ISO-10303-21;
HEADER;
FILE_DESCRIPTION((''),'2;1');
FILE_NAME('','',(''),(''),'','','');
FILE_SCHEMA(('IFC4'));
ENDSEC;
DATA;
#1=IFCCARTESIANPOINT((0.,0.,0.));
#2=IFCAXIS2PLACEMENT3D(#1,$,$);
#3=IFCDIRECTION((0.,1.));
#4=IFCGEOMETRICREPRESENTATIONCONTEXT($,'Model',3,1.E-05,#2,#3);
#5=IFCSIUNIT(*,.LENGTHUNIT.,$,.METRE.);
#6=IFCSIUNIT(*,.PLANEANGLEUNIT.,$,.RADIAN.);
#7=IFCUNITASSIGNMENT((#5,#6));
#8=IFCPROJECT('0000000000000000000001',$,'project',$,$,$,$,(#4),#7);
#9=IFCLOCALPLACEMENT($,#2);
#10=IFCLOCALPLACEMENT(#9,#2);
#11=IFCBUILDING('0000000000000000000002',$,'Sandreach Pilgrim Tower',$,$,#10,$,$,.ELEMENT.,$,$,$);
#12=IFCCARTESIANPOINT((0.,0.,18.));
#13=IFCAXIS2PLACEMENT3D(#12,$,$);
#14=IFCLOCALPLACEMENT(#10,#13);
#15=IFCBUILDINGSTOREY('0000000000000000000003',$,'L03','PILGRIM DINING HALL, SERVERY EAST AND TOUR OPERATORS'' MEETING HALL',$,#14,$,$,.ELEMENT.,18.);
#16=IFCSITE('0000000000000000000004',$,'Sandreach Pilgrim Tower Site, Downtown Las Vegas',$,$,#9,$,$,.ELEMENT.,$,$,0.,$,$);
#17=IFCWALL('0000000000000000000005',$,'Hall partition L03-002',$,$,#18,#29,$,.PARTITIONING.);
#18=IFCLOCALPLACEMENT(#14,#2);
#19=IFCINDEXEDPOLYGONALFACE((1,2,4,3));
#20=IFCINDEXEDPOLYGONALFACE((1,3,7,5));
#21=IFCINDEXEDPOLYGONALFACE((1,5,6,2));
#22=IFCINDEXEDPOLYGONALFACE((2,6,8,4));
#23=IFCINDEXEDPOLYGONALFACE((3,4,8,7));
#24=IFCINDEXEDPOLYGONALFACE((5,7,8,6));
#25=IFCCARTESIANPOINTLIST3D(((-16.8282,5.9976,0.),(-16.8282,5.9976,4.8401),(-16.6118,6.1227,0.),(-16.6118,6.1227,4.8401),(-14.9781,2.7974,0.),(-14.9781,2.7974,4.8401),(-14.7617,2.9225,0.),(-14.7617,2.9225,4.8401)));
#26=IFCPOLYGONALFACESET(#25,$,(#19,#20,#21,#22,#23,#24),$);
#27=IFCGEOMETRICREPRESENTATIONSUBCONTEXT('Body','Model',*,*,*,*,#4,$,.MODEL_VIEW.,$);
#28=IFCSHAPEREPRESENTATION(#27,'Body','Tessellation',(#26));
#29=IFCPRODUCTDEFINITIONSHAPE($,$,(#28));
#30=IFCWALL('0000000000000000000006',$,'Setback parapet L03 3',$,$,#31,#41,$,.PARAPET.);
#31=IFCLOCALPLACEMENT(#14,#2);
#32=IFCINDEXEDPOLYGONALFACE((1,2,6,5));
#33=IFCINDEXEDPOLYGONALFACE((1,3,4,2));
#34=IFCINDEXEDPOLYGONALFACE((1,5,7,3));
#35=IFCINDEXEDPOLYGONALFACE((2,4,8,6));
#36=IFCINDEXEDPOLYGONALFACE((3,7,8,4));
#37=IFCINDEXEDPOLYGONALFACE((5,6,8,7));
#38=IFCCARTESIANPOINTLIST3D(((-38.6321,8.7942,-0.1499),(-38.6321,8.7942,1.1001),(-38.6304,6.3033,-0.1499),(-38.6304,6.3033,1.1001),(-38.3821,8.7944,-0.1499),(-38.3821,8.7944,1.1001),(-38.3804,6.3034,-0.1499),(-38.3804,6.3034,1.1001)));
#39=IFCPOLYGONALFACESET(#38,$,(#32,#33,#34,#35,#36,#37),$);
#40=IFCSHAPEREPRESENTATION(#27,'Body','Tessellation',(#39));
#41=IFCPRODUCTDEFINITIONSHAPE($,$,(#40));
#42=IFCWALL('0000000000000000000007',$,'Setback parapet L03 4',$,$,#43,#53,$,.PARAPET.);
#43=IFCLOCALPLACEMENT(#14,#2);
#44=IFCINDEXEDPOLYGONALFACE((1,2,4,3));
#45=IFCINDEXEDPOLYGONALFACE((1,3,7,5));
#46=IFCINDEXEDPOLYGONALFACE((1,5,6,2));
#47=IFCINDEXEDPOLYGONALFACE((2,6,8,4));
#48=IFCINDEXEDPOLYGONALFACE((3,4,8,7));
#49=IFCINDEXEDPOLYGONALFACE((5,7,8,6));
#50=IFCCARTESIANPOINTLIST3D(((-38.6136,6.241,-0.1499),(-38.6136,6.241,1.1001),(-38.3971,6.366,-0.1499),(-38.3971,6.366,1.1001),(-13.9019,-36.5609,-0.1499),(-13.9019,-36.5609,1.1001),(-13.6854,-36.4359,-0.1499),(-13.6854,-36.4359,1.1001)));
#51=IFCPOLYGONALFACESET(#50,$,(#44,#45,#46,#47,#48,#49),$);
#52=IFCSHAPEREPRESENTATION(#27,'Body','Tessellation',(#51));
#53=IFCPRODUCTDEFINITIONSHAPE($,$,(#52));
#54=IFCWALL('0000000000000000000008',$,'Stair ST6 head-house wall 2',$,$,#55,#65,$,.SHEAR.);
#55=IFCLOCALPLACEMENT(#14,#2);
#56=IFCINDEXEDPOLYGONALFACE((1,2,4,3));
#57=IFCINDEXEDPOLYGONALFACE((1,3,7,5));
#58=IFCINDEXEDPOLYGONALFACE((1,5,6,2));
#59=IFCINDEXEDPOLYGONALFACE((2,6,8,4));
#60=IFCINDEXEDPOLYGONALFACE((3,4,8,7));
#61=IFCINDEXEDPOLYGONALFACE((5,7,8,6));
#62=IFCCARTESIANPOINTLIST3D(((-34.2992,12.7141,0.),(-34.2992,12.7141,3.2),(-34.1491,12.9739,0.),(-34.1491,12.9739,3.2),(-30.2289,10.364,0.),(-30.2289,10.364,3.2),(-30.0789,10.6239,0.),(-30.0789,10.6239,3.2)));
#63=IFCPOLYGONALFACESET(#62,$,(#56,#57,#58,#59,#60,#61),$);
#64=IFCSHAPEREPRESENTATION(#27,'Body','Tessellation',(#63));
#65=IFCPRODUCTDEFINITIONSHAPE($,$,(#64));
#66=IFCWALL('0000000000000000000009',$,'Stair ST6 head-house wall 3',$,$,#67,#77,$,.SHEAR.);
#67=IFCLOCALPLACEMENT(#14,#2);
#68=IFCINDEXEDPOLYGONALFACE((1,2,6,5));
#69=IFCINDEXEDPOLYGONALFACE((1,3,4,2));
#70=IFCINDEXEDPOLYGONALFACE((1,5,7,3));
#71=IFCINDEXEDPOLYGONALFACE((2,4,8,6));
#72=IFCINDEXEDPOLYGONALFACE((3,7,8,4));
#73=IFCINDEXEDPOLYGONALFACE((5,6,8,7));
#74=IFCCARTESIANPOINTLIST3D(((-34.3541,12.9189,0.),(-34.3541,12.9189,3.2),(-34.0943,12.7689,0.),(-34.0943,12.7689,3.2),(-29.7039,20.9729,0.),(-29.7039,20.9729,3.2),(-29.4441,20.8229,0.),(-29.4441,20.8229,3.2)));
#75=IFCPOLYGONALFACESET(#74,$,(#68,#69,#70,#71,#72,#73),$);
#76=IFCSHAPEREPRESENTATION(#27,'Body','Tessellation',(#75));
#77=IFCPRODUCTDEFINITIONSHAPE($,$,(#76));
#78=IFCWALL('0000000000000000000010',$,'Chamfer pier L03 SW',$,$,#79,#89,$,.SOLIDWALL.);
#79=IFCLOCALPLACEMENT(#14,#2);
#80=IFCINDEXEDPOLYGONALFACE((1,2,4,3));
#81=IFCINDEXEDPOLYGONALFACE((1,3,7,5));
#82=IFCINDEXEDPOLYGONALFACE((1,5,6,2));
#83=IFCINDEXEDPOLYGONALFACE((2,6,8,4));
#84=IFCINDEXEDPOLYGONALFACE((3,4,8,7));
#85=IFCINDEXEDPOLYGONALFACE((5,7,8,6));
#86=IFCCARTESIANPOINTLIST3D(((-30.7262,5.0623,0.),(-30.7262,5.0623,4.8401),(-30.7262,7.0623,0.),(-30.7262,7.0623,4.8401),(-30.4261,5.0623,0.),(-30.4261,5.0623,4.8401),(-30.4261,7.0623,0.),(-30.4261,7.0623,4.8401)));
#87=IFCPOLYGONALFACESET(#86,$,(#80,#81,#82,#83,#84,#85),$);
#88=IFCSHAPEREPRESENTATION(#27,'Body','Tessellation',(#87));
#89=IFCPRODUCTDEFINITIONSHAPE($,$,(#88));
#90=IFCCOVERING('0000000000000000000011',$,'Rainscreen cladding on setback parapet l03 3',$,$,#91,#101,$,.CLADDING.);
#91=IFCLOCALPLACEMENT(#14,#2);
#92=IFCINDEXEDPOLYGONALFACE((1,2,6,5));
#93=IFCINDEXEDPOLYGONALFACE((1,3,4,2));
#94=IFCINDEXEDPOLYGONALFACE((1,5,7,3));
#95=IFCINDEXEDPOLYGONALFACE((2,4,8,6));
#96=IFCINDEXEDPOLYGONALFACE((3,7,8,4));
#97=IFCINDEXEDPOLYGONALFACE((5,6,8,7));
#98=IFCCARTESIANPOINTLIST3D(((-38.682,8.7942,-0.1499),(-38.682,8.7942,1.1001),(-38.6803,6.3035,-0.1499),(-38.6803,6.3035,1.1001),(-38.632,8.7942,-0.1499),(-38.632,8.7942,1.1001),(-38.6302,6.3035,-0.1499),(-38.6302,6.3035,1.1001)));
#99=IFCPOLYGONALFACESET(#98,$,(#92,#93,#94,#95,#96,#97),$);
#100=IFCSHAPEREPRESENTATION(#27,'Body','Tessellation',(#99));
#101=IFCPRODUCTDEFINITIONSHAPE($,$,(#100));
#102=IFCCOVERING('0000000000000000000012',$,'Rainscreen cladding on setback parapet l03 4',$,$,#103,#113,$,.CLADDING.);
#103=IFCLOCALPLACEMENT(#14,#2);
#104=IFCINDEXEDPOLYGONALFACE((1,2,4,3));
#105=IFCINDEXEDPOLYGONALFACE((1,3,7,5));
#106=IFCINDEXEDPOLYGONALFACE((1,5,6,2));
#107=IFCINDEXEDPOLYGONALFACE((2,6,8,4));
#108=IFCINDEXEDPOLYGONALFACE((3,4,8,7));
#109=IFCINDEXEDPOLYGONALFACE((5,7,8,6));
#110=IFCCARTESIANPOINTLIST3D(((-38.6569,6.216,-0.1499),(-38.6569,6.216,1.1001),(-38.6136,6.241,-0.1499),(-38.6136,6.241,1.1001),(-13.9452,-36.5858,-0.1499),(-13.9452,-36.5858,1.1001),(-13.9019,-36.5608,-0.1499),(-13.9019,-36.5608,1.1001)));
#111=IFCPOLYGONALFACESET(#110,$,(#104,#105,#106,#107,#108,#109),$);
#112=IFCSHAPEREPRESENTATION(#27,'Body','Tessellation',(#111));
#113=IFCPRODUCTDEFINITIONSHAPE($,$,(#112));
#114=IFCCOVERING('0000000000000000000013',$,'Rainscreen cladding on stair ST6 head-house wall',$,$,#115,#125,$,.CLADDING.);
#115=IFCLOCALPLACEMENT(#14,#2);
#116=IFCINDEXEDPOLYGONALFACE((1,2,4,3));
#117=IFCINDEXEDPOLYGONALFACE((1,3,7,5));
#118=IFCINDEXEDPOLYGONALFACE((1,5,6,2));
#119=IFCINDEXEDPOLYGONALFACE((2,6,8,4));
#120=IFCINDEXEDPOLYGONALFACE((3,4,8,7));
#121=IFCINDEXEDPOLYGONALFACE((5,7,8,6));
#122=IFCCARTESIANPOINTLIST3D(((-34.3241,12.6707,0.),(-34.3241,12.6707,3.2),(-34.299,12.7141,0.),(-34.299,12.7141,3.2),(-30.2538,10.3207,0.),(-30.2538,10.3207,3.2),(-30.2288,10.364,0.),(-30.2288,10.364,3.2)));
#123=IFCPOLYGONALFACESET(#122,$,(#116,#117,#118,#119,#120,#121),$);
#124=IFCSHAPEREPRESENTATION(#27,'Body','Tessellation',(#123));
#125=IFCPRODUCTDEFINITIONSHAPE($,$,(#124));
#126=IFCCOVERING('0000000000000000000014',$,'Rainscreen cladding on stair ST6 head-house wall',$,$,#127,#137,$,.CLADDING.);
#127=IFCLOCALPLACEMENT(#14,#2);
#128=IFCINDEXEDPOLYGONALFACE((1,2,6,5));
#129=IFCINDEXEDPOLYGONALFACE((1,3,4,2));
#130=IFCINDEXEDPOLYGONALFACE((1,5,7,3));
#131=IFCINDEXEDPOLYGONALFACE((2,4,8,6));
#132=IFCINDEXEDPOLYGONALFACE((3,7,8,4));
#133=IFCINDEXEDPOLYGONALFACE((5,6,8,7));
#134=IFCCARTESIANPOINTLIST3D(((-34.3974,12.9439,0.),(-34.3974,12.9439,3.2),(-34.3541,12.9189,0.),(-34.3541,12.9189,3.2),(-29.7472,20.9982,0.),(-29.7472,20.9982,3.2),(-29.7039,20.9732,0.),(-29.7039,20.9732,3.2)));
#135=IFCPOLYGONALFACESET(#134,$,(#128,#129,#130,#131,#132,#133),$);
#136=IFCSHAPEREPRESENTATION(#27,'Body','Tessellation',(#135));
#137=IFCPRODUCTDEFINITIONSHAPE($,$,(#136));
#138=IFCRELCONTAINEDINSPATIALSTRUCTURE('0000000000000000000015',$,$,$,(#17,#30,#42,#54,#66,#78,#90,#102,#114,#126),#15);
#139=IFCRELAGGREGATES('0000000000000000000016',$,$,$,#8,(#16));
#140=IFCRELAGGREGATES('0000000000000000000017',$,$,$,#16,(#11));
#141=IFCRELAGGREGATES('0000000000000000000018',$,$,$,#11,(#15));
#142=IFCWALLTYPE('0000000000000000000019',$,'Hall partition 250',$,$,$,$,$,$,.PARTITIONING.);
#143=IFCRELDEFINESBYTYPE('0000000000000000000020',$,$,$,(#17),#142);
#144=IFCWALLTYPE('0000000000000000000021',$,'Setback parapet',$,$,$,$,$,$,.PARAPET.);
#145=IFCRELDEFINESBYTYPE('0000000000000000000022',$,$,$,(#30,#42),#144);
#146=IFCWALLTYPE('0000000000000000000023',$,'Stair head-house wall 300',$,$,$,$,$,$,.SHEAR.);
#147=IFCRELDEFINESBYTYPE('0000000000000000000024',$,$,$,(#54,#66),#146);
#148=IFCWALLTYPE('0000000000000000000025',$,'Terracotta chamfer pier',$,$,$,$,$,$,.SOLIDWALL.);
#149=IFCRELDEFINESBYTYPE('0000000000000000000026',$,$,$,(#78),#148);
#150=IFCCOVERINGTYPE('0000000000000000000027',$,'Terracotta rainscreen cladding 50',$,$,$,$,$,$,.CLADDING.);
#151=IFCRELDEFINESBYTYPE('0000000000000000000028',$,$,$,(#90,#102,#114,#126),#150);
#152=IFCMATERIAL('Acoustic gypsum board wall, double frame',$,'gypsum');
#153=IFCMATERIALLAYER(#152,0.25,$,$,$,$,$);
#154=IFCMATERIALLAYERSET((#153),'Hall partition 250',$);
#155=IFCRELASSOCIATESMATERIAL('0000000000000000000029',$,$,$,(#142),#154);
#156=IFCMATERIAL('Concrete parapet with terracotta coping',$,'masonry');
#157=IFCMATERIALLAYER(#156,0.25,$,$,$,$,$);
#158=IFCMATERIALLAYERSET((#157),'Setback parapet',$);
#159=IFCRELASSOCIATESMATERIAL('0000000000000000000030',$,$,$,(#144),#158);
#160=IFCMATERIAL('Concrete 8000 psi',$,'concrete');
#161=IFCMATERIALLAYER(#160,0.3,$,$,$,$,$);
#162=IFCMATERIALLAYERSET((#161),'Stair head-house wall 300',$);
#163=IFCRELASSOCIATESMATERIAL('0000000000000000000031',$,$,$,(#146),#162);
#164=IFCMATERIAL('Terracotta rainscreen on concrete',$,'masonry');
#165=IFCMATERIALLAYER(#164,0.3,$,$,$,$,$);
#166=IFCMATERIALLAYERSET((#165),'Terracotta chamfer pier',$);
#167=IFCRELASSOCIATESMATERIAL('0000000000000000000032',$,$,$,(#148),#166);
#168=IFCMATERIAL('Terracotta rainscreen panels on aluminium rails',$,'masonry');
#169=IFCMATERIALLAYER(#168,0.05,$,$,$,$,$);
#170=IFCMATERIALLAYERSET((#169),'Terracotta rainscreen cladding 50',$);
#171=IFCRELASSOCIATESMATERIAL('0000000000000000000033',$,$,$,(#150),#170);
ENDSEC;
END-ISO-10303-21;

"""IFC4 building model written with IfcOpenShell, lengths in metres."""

from ifc_helpers import new_model, si_unit, direction, frame, frame_2d, origin, place, context, subcontext, project, spatial, rectangle, extrude, material, layer, layer_set, type_object, element, save


model = new_model("IFC4")

# Units and contexts
model_context = context("Model", 3, precision=1e-05, world=origin(), true_north=direction((0.0, 1.0)))
body_context = subcontext(model_context, "Body", "Model", "MODEL_VIEW")
ifc_project = project(units=[si_unit("LENGTHUNIT", "METRE"), si_unit("PLANEANGLEUNIT", "RADIAN")], contexts=[model_context])

# Site, building, storey
site_placement = place(None, origin())
site = spatial("IfcSite", under=ifc_project, at=site_placement, Name="Sandreach Pilgrim Tower Site, Downtown Las Vegas", CompositionType="ELEMENT", RefElevation=0.0)
building_placement = place(site_placement, origin())
building = spatial("IfcBuilding", under=site, at=building_placement, Name="Sandreach Pilgrim Tower", CompositionType="ELEMENT")
storey_placement = place(building_placement, frame((0.0, 0.0, 18.0)))
storey = spatial("IfcBuildingStorey", under=building, at=storey_placement, Name="L03", Description="PILGRIM DINING HALL, SERVERY EAST AND TOUR OPERATORS' MEETING HALL", CompositionType="ELEMENT", Elevation=18.0)

# Walls
ifc_material_1 = material(Name="Acoustic gypsum board wall, double frame", Category="gypsum")
ifc_layer_1 = layer(ifc_material_1, 0.25)
ifc_layer_set_1 = layer_set([ifc_layer_1], Name="Hall partition 250")
wall_type_1 = type_object("IfcWallType", Name="Hall partition 250", PredefinedType="PARTITIONING", material=ifc_layer_set_1)
wall_1_placement = place(storey_placement, frame((-16.72, 6.0601, 0.0), z_axis=(0.0, 0.0, 1.0), x_axis=(0.5005, -0.865737, 0.0)))
element("IfcWall", 1, at=wall_1_placement, inside=storey, type_object=wall_type_1, Name="Hall partition L03-002", PredefinedType="PARTITIONING", context=body_context, shape_type="SweptSolid", body=[
    extrude(rectangle(XDim=3.6965, YDim=0.25, at=frame_2d((1.8481, 0.0))), origin(), (0.0, 0.0, 1.0), 4.8401),
])
ifc_material_2 = material(Name="Concrete parapet with terracotta coping", Category="masonry")
ifc_layer_2 = layer(ifc_material_2, 0.25)
ifc_layer_set_2 = layer_set([ifc_layer_2], Name="Setback parapet")
wall_type_2 = type_object("IfcWallType", Name="Setback parapet", PredefinedType="PARAPET", material=ifc_layer_set_2)
wall_2_placement = place(storey_placement, frame((-38.5071, 8.7944, -0.1499), z_axis=(0.0, 0.0, 1.0), x_axis=(0.000686, -1.0, 0.0)))
element("IfcWall", 2, at=wall_2_placement, inside=storey, type_object=wall_type_2, Name="Setback parapet L03 3", PredefinedType="PARAPET", context=body_context, shape_type="SweptSolid", body=[
    extrude(rectangle(XDim=2.491, YDim=0.25, at=frame_2d((1.2456, 0.0))), origin(), (0.0, 0.0, 1.0), 1.25),
])
wall_3_placement = place(storey_placement, frame((-38.5054, 6.3035, -0.1499), z_axis=(0.0, 0.0, 1.0), x_axis=(0.500001, -0.866025, 0.0)))
element("IfcWall", 3, at=wall_3_placement, inside=storey, type_object=wall_type_2, Name="Setback parapet L03 4", PredefinedType="PARAPET", context=body_context, shape_type="SweptSolid", body=[
    extrude(rectangle(XDim=49.4233, YDim=0.25, at=frame_2d((24.7117, 0.0))), origin(), (0.0, 0.0, 1.0), 1.25),
])
ifc_material_3 = material(Name="Concrete 8000 psi", Category="concrete")
ifc_layer_3 = layer(ifc_material_3, 0.3)
ifc_layer_set_3 = layer_set([ifc_layer_3], Name="Stair head-house wall 300")
wall_type_3 = type_object("IfcWallType", Name="Stair head-house wall 300", PredefinedType="SHEAR", material=ifc_layer_set_3)
wall_4_placement = place(storey_placement, frame((-30.1538, 10.4939, 0.0), z_axis=(0.0, 0.0, 1.0), x_axis=(-0.866016, 0.500016, 0.0)))
element("IfcWall", 4, at=wall_4_placement, inside=storey, type_object=wall_type_3, Name="Stair ST6 head-house wall 2", PredefinedType="SHEAR", context=body_context, shape_type="SweptSolid", body=[
    extrude(rectangle(XDim=4.7, YDim=0.3, at=frame_2d((2.3501, 0.0))), origin(), (0.0, 0.0, 1.0), 3.2),
])
wall_5_placement = place(storey_placement, frame((-34.2241, 12.844, 0.0), z_axis=(0.0, 0.0, 1.0), x_axis=(0.500016, 0.866016, 0.0)))
element("IfcWall", 5, at=wall_5_placement, inside=storey, type_object=wall_type_3, Name="Stair ST6 head-house wall 3", PredefinedType="SHEAR", context=body_context, shape_type="SweptSolid", body=[
    extrude(rectangle(XDim=9.3, YDim=0.3, at=frame_2d((4.6499, 0.0))), origin(), (0.0, 0.0, 1.0), 3.2),
])
ifc_material_4 = material(Name="Terracotta rainscreen on concrete", Category="masonry")
ifc_layer_4 = layer(ifc_material_4, 0.3)
ifc_layer_set_4 = layer_set([ifc_layer_4], Name="Terracotta chamfer pier")
wall_type_4 = type_object("IfcWallType", Name="Terracotta chamfer pier", PredefinedType="SOLIDWALL", material=ifc_layer_set_4)
wall_6_placement = place(storey_placement, frame((-30.5762, 5.0623, 0.0), z_axis=(0.0, 0.0, 1.0), x_axis=(0.0, 1.0, 0.0)))
element("IfcWall", 6, at=wall_6_placement, inside=storey, type_object=wall_type_4, Name="Chamfer pier L03 SW", PredefinedType="SOLIDWALL", context=body_context, shape_type="SweptSolid", body=[
    extrude(rectangle(XDim=2.0, YDim=0.3, at=frame_2d((1.0, 0.0))), origin(), (0.0, 0.0, 1.0), 4.8401),
])

# Coverings
ifc_material_5 = material(Name="Terracotta rainscreen panels on aluminium rails", Category="masonry")
ifc_layer_5 = layer(ifc_material_5, 0.05)
ifc_layer_set_5 = layer_set([ifc_layer_5], Name="Terracotta rainscreen cladding 50")
covering_type = type_object("IfcCoveringType", Name="Terracotta rainscreen cladding 50", PredefinedType="CLADDING", material=ifc_layer_set_5)
covering_1_placement = place(storey_placement, frame((-38.657, 8.7942, -0.1499), z_axis=(0.0, 0.0, 1.0), x_axis=(0.000686, -1.0, 0.0)))
element("IfcCovering", 7, at=covering_1_placement, inside=storey, type_object=covering_type, Name="Rainscreen cladding on setback parapet l03 3", PredefinedType="CLADDING", context=body_context, shape_type="SweptSolid", body=[
    extrude(rectangle(XDim=2.4907, YDim=0.05, at=frame_2d((1.2454, 0.0))), origin(), (0.0, 0.0, 1.0), 1.25),
])
covering_2_placement = place(storey_placement, frame((-38.6353, 6.2285, -0.1499), z_axis=(0.0, 0.0, 1.0), x_axis=(0.500001, -0.866025, 0.0)))
element("IfcCovering", 8, at=covering_2_placement, inside=storey, type_object=covering_type, Name="Rainscreen cladding on setback parapet l03 4", PredefinedType="CLADDING", context=body_context, shape_type="SweptSolid", body=[
    extrude(rectangle(XDim=49.4233, YDim=0.05, at=frame_2d((24.7117, 0.0))), origin(), (0.0, 0.0, 1.0), 1.25),
])
covering_3_placement = place(storey_placement, frame((-30.2412, 10.3423, 0.0), z_axis=(0.0, 0.0, 1.0), x_axis=(-0.866016, 0.500016, 0.0)))
element("IfcCovering", 9, at=covering_3_placement, inside=storey, type_object=covering_type, Name="Rainscreen cladding on stair ST6 head-house wall", PredefinedType="CLADDING", context=body_context, shape_type="SweptSolid", body=[
    extrude(rectangle(XDim=4.7, YDim=0.05, at=frame_2d((2.3501, 0.0))), origin(), (0.0, 0.0, 1.0), 3.2),
])
covering_4_placement = place(storey_placement, frame((-34.3757, 12.9314, 0.0), z_axis=(0.0, 0.0, 1.0), x_axis=(0.500004, 0.866023, 0.0)))
element("IfcCovering", 10, at=covering_4_placement, inside=storey, type_object=covering_type, Name="Rainscreen cladding on stair ST6 head-house wall", PredefinedType="CLADDING", context=body_context, shape_type="SweptSolid", body=[
    extrude(rectangle(XDim=9.3003, YDim=0.05, at=frame_2d((4.6501, 0.0))), origin(), (0.0, 0.0, 1.0), 3.2),
])

save(model, "model.ifc")
